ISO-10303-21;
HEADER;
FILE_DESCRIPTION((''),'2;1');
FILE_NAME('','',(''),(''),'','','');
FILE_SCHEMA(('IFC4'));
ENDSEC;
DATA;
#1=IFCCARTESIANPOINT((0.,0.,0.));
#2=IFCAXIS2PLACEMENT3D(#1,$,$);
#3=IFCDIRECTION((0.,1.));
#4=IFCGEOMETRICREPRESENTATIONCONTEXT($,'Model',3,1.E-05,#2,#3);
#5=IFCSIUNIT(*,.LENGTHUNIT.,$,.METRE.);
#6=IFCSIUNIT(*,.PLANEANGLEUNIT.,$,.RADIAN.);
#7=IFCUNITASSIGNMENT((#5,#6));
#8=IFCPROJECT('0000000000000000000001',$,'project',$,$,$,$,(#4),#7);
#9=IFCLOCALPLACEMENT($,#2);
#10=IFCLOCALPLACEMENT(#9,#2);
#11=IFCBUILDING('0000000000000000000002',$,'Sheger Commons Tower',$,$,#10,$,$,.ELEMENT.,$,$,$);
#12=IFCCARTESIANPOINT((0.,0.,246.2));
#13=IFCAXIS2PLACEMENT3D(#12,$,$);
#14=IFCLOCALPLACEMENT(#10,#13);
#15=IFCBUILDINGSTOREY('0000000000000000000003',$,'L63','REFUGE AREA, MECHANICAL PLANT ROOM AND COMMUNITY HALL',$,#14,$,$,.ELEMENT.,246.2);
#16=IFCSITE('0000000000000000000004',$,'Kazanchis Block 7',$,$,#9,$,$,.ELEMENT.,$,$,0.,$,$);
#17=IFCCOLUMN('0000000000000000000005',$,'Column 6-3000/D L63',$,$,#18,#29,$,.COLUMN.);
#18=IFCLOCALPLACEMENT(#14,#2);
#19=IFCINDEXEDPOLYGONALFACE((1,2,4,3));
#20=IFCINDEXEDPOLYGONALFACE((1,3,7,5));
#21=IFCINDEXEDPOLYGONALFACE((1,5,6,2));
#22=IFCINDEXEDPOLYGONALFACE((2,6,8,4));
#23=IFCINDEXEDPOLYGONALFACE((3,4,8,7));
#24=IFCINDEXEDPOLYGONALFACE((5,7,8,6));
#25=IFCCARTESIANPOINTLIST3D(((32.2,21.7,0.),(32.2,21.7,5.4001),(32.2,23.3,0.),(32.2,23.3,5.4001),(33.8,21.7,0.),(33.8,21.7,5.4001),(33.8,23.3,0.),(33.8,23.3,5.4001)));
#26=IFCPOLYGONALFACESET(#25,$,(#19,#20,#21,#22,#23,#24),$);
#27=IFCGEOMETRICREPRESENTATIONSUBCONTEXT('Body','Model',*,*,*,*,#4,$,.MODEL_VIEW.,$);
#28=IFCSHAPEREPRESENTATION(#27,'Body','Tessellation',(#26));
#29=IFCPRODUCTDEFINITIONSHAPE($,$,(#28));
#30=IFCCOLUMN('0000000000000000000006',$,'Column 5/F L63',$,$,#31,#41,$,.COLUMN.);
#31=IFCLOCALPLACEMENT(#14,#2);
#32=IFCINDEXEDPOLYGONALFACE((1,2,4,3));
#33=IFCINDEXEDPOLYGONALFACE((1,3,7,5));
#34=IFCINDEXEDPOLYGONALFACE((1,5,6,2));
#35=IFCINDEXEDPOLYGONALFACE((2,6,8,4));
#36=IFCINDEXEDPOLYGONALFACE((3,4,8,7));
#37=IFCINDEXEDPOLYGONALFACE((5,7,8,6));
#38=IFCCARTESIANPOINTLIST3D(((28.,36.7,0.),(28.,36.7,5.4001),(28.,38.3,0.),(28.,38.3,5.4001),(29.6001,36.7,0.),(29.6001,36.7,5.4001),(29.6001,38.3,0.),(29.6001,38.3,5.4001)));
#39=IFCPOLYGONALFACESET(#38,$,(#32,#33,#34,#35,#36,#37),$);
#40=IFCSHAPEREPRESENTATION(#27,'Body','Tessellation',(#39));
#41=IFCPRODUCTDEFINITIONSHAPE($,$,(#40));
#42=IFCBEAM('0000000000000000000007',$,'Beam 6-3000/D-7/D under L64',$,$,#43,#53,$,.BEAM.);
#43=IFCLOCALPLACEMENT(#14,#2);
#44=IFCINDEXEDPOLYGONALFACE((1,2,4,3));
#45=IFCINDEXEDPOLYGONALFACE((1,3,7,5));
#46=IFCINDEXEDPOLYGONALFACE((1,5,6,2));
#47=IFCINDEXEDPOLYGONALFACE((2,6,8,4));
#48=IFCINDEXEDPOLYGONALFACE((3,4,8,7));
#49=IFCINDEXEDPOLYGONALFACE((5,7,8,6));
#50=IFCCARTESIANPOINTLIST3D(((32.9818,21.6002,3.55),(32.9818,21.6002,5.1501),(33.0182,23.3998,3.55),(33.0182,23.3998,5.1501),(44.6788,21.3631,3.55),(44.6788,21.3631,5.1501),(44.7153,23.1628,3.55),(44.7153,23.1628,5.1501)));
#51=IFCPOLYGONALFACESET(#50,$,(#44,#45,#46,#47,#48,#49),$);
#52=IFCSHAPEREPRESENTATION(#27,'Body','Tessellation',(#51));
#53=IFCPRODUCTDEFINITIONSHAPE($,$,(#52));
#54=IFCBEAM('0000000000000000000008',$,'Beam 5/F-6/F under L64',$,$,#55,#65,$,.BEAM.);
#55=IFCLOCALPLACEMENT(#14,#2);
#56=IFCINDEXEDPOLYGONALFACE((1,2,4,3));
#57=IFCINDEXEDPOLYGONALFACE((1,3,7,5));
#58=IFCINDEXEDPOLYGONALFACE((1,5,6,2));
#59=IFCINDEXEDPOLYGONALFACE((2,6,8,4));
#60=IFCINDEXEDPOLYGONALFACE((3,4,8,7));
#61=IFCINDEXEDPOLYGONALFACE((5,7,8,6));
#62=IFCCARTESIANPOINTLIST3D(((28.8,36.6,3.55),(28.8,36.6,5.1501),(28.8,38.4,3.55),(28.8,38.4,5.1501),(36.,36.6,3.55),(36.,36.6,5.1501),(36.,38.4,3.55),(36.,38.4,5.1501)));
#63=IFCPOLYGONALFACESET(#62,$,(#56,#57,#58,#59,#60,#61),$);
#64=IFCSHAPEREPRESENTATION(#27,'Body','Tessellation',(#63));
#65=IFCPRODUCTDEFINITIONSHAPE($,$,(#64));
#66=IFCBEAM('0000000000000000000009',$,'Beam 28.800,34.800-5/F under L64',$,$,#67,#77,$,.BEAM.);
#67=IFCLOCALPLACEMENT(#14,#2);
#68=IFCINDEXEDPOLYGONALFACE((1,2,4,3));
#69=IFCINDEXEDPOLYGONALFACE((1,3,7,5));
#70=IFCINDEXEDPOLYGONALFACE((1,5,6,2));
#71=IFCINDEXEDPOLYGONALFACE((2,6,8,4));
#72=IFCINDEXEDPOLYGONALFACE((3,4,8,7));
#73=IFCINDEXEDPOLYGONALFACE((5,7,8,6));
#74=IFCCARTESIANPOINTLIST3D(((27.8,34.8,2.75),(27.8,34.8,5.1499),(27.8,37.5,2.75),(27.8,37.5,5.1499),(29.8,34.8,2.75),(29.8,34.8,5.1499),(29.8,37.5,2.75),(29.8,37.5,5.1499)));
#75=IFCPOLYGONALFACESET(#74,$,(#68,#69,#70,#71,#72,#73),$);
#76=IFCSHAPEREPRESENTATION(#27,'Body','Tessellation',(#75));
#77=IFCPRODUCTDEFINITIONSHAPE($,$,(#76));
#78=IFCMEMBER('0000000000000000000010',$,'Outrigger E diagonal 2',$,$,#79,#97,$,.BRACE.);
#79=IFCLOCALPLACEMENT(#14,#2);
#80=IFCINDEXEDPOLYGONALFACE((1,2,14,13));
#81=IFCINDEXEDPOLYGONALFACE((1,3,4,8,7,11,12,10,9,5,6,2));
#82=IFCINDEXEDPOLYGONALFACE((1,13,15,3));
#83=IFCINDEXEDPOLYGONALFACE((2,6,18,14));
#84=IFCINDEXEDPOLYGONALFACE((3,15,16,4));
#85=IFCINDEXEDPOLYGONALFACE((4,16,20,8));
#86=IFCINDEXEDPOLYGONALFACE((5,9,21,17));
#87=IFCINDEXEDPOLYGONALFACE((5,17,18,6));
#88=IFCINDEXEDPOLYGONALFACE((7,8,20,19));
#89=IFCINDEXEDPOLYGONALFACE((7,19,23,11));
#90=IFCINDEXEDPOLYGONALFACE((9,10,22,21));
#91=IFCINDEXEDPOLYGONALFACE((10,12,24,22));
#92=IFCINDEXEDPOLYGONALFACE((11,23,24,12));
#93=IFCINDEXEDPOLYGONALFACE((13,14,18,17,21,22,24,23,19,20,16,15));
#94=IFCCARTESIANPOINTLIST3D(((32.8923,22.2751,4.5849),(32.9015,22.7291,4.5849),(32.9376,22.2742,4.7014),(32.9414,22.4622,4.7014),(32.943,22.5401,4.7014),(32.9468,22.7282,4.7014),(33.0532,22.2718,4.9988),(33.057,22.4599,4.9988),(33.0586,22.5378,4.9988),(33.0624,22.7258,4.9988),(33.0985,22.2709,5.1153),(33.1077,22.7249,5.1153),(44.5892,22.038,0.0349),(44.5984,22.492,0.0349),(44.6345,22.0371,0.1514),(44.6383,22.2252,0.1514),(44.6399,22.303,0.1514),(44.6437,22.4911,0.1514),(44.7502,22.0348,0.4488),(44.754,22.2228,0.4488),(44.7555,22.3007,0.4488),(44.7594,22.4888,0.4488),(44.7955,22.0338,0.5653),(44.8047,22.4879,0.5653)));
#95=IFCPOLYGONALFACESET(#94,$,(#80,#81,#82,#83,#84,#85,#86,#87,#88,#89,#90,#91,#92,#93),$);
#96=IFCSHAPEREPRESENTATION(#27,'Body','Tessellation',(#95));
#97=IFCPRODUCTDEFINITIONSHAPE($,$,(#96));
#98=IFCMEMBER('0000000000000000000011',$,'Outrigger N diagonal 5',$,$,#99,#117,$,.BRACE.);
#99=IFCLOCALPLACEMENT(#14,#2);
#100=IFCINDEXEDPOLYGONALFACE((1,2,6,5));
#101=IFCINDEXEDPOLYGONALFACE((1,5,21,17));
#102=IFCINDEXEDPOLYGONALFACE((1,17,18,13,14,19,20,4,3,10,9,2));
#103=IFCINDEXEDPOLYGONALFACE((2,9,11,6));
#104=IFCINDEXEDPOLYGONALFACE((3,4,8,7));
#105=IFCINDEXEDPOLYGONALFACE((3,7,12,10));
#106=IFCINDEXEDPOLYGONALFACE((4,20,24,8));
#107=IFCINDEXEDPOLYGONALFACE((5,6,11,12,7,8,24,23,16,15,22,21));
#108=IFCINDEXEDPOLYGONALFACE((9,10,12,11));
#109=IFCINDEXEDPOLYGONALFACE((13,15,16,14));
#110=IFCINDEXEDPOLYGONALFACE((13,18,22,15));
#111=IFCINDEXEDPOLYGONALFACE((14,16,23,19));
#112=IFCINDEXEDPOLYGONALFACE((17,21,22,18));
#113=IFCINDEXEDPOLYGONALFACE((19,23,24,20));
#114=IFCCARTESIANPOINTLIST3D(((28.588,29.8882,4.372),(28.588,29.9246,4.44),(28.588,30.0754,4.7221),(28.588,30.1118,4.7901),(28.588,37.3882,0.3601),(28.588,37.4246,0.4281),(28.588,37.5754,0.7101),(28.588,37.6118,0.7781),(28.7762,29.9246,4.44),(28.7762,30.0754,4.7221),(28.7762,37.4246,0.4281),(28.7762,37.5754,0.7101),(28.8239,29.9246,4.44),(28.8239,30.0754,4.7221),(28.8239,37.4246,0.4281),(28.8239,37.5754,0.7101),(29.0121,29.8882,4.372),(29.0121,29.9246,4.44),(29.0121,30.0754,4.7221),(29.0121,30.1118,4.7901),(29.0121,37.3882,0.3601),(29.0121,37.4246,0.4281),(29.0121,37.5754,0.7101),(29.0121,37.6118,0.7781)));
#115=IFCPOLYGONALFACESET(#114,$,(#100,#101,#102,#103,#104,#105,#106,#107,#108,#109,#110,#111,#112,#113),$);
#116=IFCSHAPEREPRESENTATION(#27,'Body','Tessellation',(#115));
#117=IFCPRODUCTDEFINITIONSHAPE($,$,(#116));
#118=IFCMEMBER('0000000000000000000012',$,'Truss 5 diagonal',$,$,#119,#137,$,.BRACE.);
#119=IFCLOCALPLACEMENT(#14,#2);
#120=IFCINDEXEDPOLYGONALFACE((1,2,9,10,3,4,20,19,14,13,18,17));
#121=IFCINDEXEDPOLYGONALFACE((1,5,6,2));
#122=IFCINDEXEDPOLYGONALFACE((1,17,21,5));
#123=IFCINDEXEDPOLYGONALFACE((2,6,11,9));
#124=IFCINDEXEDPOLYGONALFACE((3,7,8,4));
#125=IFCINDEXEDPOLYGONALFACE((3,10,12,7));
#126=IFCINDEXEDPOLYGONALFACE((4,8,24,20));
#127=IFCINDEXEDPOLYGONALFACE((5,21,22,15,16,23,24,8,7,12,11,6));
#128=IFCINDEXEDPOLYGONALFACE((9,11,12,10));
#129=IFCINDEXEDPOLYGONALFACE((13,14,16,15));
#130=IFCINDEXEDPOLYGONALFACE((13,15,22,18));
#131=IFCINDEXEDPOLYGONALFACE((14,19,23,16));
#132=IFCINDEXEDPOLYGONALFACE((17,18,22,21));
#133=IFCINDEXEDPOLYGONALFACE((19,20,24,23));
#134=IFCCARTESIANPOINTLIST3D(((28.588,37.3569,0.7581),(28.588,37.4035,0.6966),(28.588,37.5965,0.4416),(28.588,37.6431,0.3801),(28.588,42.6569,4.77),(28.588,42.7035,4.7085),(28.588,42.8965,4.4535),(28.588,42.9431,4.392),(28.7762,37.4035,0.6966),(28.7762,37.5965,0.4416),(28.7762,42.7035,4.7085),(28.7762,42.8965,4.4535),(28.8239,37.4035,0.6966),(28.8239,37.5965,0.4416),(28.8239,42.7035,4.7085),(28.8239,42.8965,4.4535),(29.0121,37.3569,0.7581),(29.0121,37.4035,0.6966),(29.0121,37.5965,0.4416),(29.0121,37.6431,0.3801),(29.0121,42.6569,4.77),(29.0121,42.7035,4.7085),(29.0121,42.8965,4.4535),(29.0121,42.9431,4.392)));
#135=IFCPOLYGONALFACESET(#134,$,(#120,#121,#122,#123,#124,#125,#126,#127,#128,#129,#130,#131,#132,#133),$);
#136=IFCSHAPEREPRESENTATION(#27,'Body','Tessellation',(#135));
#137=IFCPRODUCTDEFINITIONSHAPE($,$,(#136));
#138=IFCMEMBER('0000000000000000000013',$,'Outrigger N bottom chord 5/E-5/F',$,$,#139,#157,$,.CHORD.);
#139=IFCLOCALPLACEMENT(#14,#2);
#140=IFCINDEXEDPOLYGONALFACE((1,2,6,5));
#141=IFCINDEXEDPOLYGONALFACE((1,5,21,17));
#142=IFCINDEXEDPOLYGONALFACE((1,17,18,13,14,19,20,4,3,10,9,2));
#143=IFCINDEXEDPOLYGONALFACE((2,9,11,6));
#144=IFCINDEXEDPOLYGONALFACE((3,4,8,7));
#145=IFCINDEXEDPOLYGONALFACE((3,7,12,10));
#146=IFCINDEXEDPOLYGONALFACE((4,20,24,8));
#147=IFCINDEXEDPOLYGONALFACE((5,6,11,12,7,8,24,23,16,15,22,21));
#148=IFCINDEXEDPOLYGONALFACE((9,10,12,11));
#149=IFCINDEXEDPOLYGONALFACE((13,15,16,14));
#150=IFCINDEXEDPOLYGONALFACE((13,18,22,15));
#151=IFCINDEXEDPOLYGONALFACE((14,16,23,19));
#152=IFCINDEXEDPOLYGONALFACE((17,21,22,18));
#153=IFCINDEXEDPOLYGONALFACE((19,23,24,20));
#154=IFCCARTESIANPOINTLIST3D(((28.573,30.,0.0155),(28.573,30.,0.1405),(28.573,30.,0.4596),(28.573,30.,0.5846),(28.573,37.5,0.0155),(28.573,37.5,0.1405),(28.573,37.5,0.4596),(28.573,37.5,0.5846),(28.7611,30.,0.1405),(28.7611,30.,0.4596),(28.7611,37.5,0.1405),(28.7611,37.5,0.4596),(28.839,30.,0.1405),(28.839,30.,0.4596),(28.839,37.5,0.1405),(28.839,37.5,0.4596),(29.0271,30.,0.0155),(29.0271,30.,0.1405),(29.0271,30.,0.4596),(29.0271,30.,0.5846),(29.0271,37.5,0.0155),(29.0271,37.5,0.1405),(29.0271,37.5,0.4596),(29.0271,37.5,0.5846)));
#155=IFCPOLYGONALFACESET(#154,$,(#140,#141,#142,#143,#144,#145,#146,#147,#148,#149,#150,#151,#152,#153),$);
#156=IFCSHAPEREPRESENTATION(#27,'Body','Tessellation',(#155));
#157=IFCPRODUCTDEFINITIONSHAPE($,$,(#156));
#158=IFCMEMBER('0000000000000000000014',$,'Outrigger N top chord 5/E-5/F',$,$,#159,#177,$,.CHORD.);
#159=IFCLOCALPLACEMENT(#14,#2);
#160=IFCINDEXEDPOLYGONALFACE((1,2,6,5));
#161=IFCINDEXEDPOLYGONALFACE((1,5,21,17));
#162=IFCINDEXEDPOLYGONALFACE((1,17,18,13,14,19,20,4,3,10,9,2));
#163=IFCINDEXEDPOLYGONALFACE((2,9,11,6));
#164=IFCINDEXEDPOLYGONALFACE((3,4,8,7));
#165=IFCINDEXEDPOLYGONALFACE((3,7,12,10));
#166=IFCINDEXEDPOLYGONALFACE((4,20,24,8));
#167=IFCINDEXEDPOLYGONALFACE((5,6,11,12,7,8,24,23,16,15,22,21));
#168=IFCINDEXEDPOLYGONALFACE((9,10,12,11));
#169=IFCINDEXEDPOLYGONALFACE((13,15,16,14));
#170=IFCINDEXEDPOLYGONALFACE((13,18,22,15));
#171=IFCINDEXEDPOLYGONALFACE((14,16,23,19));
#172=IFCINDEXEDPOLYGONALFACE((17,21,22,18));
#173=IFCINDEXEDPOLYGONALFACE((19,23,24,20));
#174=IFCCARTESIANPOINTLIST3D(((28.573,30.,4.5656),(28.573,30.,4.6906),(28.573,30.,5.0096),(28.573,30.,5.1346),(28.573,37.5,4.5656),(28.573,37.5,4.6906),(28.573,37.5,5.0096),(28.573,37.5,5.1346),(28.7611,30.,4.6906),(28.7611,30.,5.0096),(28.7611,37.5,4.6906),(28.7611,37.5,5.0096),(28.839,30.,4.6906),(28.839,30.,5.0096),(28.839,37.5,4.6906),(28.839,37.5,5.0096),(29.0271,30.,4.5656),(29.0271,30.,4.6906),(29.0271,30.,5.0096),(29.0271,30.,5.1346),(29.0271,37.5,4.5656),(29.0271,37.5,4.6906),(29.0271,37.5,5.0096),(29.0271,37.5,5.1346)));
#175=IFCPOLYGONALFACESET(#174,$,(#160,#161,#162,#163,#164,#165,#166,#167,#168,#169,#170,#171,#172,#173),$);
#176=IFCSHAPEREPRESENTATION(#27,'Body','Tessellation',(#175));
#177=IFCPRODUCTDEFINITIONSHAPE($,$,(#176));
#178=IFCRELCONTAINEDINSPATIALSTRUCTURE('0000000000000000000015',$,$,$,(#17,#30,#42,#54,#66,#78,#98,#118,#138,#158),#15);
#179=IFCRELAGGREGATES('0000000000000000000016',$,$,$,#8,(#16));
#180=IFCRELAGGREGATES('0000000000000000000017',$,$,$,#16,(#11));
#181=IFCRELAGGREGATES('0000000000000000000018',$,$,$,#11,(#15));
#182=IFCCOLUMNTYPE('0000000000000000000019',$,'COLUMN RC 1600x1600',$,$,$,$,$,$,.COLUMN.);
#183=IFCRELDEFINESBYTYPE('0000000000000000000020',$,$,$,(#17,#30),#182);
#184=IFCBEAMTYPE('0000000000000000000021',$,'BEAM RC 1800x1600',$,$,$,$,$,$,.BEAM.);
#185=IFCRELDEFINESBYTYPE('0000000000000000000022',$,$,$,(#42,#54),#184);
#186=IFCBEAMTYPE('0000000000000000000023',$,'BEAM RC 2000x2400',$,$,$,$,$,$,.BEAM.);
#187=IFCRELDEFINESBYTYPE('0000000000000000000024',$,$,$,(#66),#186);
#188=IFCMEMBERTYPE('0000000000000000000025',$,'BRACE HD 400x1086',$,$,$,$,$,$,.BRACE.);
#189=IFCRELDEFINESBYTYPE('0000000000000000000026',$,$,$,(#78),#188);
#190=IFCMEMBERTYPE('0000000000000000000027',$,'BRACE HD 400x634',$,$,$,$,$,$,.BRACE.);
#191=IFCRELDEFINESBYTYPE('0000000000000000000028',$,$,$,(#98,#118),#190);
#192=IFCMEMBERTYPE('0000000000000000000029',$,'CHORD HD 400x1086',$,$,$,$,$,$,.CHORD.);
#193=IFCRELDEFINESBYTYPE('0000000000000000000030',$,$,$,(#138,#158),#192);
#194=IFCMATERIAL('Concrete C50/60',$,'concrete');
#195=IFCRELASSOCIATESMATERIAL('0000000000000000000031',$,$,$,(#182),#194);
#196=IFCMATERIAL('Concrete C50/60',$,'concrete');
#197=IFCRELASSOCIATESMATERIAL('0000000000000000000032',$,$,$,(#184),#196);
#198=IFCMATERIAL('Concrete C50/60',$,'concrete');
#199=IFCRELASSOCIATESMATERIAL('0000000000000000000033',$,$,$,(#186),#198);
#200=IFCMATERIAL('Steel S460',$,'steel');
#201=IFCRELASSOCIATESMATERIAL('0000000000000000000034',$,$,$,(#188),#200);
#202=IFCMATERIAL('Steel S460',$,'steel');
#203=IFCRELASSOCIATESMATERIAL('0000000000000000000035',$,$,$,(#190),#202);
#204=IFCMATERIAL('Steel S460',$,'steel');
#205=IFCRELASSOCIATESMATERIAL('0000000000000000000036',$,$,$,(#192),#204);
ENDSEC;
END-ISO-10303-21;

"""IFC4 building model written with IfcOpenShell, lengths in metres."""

from ifc_helpers import new_model, si_unit, direction, frame, origin, origin_2d, place, context, subcontext, project, spatial, rectangle, i_section, extrude, material, material_profile, profile_set, type_object, element, save


model = new_model("IFC4")

# Units and contexts
model_context = context("Model", 3, precision=1e-05, world=origin(), true_north=direction((0.0, 1.0)))
body_context = subcontext(model_context, "Body", "Model", "MODEL_VIEW")
ifc_project = project(units=[si_unit("LENGTHUNIT", "METRE"), si_unit("PLANEANGLEUNIT", "RADIAN")], contexts=[model_context])

# Site, building, storey
site_placement = place(None, origin())
site = spatial("IfcSite", under=ifc_project, at=site_placement, Name="Kazanchis Block 7", CompositionType="ELEMENT", RefElevation=0.0)
building_placement = place(site_placement, origin())
building = spatial("IfcBuilding", under=site, at=building_placement, Name="Sheger Commons Tower", CompositionType="ELEMENT")
storey_placement = place(building_placement, frame((0.0, 0.0, 246.2)))
storey = spatial("IfcBuildingStorey", under=building, at=storey_placement, Name="L63", Description="REFUGE AREA, MECHANICAL PLANT ROOM AND COMMUNITY HALL", CompositionType="ELEMENT", Elevation=246.2)

# Columns
ifc_material_1 = material(Name="Concrete C50/60", Category="concrete")
ifc_material_profile_1 = material_profile(ifc_material_1, rectangle(XDim=1.6001, YDim=1.6001, at=origin_2d()), Name="RC 1600x1600")
ifc_profile_set_1 = profile_set([ifc_material_profile_1], Name="Concrete C50/60")
column_type = type_object("IfcColumnType", Name="COLUMN RC 1600x1600", PredefinedType="COLUMN", material=ifc_profile_set_1)
for number, where, z_axis, x_axis, name in (
    (1, (33.0, 22.5, 0.0), (0.0, 0.0, 1.0), (1.0, 0.0, 0.0), "Column 6-3000/D L63"),
    (2, (28.8, 37.5, 0.0), (0.0, 0.0, 1.0), (1.0, 0.0, 0.0), "Column 5/F L63"),
):
    element("IfcColumn", number, at=place(storey_placement, frame(where, z_axis=z_axis, x_axis=x_axis)), inside=storey, type_object=column_type, Name=name, PredefinedType="COLUMN", context=body_context, shape_type="SweptSolid", body=[
        extrude(rectangle(XDim=1.6001, YDim=1.6001, at=origin_2d()), origin(), (0.0, 0.0, 1.0), 5.4001),
    ])

# Beams
ifc_material_2 = material(Name="Concrete C50/60", Category="concrete")
ifc_material_profile_2 = material_profile(ifc_material_2, rectangle(XDim=1.8, YDim=1.6001, at=origin_2d()), Name="RC 1800x1600")
ifc_profile_set_2 = profile_set([ifc_material_profile_2], Name="Concrete C50/60")
beam_type_1 = type_object("IfcBeamType", Name="BEAM RC 1800x1600", PredefinedType="BEAM", material=ifc_profile_set_2)
beam_1_placement = place(storey_placement, frame((33.0, 22.5, 4.3501), z_axis=(0.999795, -0.020263, 0.0), x_axis=(0.020263, 0.999795, 0.0)))
element("IfcBeam", 3, at=beam_1_placement, inside=storey, type_object=beam_type_1, Name="Beam 6-3000/D-7/D under L64", PredefinedType="BEAM", context=body_context, shape_type="SweptSolid", body=[
    extrude(rectangle(XDim=1.8, YDim=1.6001, at=origin_2d()), origin(), (0.0, 0.0, 1.0), 11.6995),
])
beam_2_placement = place(storey_placement, frame((28.8, 37.5, 4.3501), z_axis=(1.0, 0.0, 0.0), x_axis=(0.0, 1.0, 0.0)))
element("IfcBeam", 4, at=beam_2_placement, inside=storey, type_object=beam_type_1, Name="Beam 5/F-6/F under L64", PredefinedType="BEAM", context=body_context, shape_type="SweptSolid", body=[
    extrude(rectangle(XDim=1.8, YDim=1.6001, at=origin_2d()), origin(), (0.0, 0.0, 1.0), 7.2),
])
ifc_material_3 = material(Name="Concrete C50/60", Category="concrete")
ifc_material_profile_3 = material_profile(ifc_material_3, rectangle(XDim=2.0, YDim=2.3999, at=origin_2d()), Name="RC 2000x2400")
ifc_profile_set_3 = profile_set([ifc_material_profile_3], Name="Concrete C50/60")
beam_type_2 = type_object("IfcBeamType", Name="BEAM RC 2000x2400", PredefinedType="BEAM", material=ifc_profile_set_3)
beam_3_placement = place(storey_placement, frame((28.8, 34.8, 3.95), z_axis=(0.0, 1.0, 0.0), x_axis=(-1.0, 0.0, 0.0)))
element("IfcBeam", 5, at=beam_3_placement, inside=storey, type_object=beam_type_2, Name="Beam 28.800,34.800-5/F under L64", PredefinedType="BEAM", context=body_context, shape_type="SweptSolid", body=[
    extrude(rectangle(XDim=2.0, YDim=2.3999, at=origin_2d()), origin(), (0.0, 0.0, 1.0), 2.7),
])

# Members
ifc_material_4 = material(Name="Steel S460", Category="steel")
ifc_material_profile_4 = material_profile(ifc_material_4, i_section(OverallWidth=0.4541, OverallDepth=0.5691, WebThickness=0.0779, FlangeThickness=0.125, at=origin_2d()), Name="HD 400x1086")
ifc_profile_set_4 = profile_set([ifc_material_profile_4], Name="Steel S460")
member_type_1 = type_object("IfcMemberType", Name="BRACE HD 400x1086", PredefinedType="BRACE", material=ifc_profile_set_4)
member_1_placement = place(storey_placement, frame((33.0, 22.5, 4.8501), z_axis=(0.931806, -0.018885, -0.362465), x_axis=(0.020263, 0.999795, 0.0)))
element("IfcMember", 6, at=member_1_placement, inside=storey, type_object=member_type_1, Name="Outrigger E diagonal 2", PredefinedType="BRACE", context=body_context, shape_type="SweptSolid", body=[
    extrude(i_section(OverallWidth=0.4541, OverallDepth=0.5691, WebThickness=0.0779, FlangeThickness=0.125, at=origin_2d()), origin(), (0.0, 0.0, 1.0), 12.553),
])
ifc_material_5 = material(Name="Steel S460", Category="steel")
ifc_material_profile_5 = material_profile(ifc_material_5, i_section(OverallWidth=0.4241, OverallDepth=0.4741, WebThickness=0.0476, FlangeThickness=0.0771, at=origin_2d()), Name="HD 400x634")
ifc_profile_set_5 = profile_set([ifc_material_profile_5], Name="Steel S460")
member_type_2 = type_object("IfcMemberType", Name="BRACE HD 400x634", PredefinedType="BRACE", material=ifc_profile_set_5)
member_2_placement = place(storey_placement, frame((28.8, 30.0, 4.5811), z_axis=(0.0, 0.881768, -0.471683), x_axis=(-1.0, 0.0, 0.0)))
element("IfcMember", 7, at=member_2_placement, inside=storey, type_object=member_type_2, Name="Outrigger N diagonal 5", PredefinedType="BRACE", context=body_context, shape_type="SweptSolid", body=[
    extrude(i_section(OverallWidth=0.4241, OverallDepth=0.4741, WebThickness=0.0476, FlangeThickness=0.0771, at=origin_2d()), origin(), (0.0, 0.0, 1.0), 8.5056),
])
member_3_placement = place(storey_placement, frame((28.8, 37.5, 0.5691), z_axis=(0.0, 0.797326, 0.603549), x_axis=(-1.0, 0.0, 0.0)))
element("IfcMember", 8, at=member_3_placement, inside=storey, type_object=member_type_2, Name="Truss 5 diagonal", PredefinedType="BRACE", context=body_context, shape_type="SweptSolid", body=[
    extrude(i_section(OverallWidth=0.4241, OverallDepth=0.4741, WebThickness=0.0476, FlangeThickness=0.0771, at=origin_2d()), origin(), (0.0, 0.0, 1.0), 6.6472),
])
ifc_material_6 = material(Name="Steel S460", Category="steel")
ifc_material_profile_6 = material_profile(ifc_material_6, i_section(OverallWidth=0.4541, OverallDepth=0.5691, WebThickness=0.0779, FlangeThickness=0.125, at=origin_2d()), Name="HD 400x1086")
ifc_profile_set_6 = profile_set([ifc_material_profile_6], Name="Steel S460")
member_type_3 = type_object("IfcMemberType", Name="CHORD HD 400x1086", PredefinedType="CHORD", material=ifc_profile_set_6)
for number, where, z_axis, x_axis, name in (
    (9, (28.8, 30.0, 0.3), (0.0, 1.0, 0.0), (-1.0, 0.0, 0.0), "Outrigger N bottom chord 5/E-5/F"),
    (10, (28.8, 30.0, 4.8501), (0.0, 1.0, 0.0), (-1.0, 0.0, 0.0), "Outrigger N top chord 5/E-5/F"),
):
    element("IfcMember", number, at=place(storey_placement, frame(where, z_axis=z_axis, x_axis=x_axis)), inside=storey, type_object=member_type_3, Name=name, PredefinedType="CHORD", context=body_context, shape_type="SweptSolid", body=[
        extrude(i_section(OverallWidth=0.4541, OverallDepth=0.5691, WebThickness=0.0779, FlangeThickness=0.125, at=origin_2d()), origin(), (0.0, 0.0, 1.0), 7.5),
    ])

save(model, "model.ifc")
